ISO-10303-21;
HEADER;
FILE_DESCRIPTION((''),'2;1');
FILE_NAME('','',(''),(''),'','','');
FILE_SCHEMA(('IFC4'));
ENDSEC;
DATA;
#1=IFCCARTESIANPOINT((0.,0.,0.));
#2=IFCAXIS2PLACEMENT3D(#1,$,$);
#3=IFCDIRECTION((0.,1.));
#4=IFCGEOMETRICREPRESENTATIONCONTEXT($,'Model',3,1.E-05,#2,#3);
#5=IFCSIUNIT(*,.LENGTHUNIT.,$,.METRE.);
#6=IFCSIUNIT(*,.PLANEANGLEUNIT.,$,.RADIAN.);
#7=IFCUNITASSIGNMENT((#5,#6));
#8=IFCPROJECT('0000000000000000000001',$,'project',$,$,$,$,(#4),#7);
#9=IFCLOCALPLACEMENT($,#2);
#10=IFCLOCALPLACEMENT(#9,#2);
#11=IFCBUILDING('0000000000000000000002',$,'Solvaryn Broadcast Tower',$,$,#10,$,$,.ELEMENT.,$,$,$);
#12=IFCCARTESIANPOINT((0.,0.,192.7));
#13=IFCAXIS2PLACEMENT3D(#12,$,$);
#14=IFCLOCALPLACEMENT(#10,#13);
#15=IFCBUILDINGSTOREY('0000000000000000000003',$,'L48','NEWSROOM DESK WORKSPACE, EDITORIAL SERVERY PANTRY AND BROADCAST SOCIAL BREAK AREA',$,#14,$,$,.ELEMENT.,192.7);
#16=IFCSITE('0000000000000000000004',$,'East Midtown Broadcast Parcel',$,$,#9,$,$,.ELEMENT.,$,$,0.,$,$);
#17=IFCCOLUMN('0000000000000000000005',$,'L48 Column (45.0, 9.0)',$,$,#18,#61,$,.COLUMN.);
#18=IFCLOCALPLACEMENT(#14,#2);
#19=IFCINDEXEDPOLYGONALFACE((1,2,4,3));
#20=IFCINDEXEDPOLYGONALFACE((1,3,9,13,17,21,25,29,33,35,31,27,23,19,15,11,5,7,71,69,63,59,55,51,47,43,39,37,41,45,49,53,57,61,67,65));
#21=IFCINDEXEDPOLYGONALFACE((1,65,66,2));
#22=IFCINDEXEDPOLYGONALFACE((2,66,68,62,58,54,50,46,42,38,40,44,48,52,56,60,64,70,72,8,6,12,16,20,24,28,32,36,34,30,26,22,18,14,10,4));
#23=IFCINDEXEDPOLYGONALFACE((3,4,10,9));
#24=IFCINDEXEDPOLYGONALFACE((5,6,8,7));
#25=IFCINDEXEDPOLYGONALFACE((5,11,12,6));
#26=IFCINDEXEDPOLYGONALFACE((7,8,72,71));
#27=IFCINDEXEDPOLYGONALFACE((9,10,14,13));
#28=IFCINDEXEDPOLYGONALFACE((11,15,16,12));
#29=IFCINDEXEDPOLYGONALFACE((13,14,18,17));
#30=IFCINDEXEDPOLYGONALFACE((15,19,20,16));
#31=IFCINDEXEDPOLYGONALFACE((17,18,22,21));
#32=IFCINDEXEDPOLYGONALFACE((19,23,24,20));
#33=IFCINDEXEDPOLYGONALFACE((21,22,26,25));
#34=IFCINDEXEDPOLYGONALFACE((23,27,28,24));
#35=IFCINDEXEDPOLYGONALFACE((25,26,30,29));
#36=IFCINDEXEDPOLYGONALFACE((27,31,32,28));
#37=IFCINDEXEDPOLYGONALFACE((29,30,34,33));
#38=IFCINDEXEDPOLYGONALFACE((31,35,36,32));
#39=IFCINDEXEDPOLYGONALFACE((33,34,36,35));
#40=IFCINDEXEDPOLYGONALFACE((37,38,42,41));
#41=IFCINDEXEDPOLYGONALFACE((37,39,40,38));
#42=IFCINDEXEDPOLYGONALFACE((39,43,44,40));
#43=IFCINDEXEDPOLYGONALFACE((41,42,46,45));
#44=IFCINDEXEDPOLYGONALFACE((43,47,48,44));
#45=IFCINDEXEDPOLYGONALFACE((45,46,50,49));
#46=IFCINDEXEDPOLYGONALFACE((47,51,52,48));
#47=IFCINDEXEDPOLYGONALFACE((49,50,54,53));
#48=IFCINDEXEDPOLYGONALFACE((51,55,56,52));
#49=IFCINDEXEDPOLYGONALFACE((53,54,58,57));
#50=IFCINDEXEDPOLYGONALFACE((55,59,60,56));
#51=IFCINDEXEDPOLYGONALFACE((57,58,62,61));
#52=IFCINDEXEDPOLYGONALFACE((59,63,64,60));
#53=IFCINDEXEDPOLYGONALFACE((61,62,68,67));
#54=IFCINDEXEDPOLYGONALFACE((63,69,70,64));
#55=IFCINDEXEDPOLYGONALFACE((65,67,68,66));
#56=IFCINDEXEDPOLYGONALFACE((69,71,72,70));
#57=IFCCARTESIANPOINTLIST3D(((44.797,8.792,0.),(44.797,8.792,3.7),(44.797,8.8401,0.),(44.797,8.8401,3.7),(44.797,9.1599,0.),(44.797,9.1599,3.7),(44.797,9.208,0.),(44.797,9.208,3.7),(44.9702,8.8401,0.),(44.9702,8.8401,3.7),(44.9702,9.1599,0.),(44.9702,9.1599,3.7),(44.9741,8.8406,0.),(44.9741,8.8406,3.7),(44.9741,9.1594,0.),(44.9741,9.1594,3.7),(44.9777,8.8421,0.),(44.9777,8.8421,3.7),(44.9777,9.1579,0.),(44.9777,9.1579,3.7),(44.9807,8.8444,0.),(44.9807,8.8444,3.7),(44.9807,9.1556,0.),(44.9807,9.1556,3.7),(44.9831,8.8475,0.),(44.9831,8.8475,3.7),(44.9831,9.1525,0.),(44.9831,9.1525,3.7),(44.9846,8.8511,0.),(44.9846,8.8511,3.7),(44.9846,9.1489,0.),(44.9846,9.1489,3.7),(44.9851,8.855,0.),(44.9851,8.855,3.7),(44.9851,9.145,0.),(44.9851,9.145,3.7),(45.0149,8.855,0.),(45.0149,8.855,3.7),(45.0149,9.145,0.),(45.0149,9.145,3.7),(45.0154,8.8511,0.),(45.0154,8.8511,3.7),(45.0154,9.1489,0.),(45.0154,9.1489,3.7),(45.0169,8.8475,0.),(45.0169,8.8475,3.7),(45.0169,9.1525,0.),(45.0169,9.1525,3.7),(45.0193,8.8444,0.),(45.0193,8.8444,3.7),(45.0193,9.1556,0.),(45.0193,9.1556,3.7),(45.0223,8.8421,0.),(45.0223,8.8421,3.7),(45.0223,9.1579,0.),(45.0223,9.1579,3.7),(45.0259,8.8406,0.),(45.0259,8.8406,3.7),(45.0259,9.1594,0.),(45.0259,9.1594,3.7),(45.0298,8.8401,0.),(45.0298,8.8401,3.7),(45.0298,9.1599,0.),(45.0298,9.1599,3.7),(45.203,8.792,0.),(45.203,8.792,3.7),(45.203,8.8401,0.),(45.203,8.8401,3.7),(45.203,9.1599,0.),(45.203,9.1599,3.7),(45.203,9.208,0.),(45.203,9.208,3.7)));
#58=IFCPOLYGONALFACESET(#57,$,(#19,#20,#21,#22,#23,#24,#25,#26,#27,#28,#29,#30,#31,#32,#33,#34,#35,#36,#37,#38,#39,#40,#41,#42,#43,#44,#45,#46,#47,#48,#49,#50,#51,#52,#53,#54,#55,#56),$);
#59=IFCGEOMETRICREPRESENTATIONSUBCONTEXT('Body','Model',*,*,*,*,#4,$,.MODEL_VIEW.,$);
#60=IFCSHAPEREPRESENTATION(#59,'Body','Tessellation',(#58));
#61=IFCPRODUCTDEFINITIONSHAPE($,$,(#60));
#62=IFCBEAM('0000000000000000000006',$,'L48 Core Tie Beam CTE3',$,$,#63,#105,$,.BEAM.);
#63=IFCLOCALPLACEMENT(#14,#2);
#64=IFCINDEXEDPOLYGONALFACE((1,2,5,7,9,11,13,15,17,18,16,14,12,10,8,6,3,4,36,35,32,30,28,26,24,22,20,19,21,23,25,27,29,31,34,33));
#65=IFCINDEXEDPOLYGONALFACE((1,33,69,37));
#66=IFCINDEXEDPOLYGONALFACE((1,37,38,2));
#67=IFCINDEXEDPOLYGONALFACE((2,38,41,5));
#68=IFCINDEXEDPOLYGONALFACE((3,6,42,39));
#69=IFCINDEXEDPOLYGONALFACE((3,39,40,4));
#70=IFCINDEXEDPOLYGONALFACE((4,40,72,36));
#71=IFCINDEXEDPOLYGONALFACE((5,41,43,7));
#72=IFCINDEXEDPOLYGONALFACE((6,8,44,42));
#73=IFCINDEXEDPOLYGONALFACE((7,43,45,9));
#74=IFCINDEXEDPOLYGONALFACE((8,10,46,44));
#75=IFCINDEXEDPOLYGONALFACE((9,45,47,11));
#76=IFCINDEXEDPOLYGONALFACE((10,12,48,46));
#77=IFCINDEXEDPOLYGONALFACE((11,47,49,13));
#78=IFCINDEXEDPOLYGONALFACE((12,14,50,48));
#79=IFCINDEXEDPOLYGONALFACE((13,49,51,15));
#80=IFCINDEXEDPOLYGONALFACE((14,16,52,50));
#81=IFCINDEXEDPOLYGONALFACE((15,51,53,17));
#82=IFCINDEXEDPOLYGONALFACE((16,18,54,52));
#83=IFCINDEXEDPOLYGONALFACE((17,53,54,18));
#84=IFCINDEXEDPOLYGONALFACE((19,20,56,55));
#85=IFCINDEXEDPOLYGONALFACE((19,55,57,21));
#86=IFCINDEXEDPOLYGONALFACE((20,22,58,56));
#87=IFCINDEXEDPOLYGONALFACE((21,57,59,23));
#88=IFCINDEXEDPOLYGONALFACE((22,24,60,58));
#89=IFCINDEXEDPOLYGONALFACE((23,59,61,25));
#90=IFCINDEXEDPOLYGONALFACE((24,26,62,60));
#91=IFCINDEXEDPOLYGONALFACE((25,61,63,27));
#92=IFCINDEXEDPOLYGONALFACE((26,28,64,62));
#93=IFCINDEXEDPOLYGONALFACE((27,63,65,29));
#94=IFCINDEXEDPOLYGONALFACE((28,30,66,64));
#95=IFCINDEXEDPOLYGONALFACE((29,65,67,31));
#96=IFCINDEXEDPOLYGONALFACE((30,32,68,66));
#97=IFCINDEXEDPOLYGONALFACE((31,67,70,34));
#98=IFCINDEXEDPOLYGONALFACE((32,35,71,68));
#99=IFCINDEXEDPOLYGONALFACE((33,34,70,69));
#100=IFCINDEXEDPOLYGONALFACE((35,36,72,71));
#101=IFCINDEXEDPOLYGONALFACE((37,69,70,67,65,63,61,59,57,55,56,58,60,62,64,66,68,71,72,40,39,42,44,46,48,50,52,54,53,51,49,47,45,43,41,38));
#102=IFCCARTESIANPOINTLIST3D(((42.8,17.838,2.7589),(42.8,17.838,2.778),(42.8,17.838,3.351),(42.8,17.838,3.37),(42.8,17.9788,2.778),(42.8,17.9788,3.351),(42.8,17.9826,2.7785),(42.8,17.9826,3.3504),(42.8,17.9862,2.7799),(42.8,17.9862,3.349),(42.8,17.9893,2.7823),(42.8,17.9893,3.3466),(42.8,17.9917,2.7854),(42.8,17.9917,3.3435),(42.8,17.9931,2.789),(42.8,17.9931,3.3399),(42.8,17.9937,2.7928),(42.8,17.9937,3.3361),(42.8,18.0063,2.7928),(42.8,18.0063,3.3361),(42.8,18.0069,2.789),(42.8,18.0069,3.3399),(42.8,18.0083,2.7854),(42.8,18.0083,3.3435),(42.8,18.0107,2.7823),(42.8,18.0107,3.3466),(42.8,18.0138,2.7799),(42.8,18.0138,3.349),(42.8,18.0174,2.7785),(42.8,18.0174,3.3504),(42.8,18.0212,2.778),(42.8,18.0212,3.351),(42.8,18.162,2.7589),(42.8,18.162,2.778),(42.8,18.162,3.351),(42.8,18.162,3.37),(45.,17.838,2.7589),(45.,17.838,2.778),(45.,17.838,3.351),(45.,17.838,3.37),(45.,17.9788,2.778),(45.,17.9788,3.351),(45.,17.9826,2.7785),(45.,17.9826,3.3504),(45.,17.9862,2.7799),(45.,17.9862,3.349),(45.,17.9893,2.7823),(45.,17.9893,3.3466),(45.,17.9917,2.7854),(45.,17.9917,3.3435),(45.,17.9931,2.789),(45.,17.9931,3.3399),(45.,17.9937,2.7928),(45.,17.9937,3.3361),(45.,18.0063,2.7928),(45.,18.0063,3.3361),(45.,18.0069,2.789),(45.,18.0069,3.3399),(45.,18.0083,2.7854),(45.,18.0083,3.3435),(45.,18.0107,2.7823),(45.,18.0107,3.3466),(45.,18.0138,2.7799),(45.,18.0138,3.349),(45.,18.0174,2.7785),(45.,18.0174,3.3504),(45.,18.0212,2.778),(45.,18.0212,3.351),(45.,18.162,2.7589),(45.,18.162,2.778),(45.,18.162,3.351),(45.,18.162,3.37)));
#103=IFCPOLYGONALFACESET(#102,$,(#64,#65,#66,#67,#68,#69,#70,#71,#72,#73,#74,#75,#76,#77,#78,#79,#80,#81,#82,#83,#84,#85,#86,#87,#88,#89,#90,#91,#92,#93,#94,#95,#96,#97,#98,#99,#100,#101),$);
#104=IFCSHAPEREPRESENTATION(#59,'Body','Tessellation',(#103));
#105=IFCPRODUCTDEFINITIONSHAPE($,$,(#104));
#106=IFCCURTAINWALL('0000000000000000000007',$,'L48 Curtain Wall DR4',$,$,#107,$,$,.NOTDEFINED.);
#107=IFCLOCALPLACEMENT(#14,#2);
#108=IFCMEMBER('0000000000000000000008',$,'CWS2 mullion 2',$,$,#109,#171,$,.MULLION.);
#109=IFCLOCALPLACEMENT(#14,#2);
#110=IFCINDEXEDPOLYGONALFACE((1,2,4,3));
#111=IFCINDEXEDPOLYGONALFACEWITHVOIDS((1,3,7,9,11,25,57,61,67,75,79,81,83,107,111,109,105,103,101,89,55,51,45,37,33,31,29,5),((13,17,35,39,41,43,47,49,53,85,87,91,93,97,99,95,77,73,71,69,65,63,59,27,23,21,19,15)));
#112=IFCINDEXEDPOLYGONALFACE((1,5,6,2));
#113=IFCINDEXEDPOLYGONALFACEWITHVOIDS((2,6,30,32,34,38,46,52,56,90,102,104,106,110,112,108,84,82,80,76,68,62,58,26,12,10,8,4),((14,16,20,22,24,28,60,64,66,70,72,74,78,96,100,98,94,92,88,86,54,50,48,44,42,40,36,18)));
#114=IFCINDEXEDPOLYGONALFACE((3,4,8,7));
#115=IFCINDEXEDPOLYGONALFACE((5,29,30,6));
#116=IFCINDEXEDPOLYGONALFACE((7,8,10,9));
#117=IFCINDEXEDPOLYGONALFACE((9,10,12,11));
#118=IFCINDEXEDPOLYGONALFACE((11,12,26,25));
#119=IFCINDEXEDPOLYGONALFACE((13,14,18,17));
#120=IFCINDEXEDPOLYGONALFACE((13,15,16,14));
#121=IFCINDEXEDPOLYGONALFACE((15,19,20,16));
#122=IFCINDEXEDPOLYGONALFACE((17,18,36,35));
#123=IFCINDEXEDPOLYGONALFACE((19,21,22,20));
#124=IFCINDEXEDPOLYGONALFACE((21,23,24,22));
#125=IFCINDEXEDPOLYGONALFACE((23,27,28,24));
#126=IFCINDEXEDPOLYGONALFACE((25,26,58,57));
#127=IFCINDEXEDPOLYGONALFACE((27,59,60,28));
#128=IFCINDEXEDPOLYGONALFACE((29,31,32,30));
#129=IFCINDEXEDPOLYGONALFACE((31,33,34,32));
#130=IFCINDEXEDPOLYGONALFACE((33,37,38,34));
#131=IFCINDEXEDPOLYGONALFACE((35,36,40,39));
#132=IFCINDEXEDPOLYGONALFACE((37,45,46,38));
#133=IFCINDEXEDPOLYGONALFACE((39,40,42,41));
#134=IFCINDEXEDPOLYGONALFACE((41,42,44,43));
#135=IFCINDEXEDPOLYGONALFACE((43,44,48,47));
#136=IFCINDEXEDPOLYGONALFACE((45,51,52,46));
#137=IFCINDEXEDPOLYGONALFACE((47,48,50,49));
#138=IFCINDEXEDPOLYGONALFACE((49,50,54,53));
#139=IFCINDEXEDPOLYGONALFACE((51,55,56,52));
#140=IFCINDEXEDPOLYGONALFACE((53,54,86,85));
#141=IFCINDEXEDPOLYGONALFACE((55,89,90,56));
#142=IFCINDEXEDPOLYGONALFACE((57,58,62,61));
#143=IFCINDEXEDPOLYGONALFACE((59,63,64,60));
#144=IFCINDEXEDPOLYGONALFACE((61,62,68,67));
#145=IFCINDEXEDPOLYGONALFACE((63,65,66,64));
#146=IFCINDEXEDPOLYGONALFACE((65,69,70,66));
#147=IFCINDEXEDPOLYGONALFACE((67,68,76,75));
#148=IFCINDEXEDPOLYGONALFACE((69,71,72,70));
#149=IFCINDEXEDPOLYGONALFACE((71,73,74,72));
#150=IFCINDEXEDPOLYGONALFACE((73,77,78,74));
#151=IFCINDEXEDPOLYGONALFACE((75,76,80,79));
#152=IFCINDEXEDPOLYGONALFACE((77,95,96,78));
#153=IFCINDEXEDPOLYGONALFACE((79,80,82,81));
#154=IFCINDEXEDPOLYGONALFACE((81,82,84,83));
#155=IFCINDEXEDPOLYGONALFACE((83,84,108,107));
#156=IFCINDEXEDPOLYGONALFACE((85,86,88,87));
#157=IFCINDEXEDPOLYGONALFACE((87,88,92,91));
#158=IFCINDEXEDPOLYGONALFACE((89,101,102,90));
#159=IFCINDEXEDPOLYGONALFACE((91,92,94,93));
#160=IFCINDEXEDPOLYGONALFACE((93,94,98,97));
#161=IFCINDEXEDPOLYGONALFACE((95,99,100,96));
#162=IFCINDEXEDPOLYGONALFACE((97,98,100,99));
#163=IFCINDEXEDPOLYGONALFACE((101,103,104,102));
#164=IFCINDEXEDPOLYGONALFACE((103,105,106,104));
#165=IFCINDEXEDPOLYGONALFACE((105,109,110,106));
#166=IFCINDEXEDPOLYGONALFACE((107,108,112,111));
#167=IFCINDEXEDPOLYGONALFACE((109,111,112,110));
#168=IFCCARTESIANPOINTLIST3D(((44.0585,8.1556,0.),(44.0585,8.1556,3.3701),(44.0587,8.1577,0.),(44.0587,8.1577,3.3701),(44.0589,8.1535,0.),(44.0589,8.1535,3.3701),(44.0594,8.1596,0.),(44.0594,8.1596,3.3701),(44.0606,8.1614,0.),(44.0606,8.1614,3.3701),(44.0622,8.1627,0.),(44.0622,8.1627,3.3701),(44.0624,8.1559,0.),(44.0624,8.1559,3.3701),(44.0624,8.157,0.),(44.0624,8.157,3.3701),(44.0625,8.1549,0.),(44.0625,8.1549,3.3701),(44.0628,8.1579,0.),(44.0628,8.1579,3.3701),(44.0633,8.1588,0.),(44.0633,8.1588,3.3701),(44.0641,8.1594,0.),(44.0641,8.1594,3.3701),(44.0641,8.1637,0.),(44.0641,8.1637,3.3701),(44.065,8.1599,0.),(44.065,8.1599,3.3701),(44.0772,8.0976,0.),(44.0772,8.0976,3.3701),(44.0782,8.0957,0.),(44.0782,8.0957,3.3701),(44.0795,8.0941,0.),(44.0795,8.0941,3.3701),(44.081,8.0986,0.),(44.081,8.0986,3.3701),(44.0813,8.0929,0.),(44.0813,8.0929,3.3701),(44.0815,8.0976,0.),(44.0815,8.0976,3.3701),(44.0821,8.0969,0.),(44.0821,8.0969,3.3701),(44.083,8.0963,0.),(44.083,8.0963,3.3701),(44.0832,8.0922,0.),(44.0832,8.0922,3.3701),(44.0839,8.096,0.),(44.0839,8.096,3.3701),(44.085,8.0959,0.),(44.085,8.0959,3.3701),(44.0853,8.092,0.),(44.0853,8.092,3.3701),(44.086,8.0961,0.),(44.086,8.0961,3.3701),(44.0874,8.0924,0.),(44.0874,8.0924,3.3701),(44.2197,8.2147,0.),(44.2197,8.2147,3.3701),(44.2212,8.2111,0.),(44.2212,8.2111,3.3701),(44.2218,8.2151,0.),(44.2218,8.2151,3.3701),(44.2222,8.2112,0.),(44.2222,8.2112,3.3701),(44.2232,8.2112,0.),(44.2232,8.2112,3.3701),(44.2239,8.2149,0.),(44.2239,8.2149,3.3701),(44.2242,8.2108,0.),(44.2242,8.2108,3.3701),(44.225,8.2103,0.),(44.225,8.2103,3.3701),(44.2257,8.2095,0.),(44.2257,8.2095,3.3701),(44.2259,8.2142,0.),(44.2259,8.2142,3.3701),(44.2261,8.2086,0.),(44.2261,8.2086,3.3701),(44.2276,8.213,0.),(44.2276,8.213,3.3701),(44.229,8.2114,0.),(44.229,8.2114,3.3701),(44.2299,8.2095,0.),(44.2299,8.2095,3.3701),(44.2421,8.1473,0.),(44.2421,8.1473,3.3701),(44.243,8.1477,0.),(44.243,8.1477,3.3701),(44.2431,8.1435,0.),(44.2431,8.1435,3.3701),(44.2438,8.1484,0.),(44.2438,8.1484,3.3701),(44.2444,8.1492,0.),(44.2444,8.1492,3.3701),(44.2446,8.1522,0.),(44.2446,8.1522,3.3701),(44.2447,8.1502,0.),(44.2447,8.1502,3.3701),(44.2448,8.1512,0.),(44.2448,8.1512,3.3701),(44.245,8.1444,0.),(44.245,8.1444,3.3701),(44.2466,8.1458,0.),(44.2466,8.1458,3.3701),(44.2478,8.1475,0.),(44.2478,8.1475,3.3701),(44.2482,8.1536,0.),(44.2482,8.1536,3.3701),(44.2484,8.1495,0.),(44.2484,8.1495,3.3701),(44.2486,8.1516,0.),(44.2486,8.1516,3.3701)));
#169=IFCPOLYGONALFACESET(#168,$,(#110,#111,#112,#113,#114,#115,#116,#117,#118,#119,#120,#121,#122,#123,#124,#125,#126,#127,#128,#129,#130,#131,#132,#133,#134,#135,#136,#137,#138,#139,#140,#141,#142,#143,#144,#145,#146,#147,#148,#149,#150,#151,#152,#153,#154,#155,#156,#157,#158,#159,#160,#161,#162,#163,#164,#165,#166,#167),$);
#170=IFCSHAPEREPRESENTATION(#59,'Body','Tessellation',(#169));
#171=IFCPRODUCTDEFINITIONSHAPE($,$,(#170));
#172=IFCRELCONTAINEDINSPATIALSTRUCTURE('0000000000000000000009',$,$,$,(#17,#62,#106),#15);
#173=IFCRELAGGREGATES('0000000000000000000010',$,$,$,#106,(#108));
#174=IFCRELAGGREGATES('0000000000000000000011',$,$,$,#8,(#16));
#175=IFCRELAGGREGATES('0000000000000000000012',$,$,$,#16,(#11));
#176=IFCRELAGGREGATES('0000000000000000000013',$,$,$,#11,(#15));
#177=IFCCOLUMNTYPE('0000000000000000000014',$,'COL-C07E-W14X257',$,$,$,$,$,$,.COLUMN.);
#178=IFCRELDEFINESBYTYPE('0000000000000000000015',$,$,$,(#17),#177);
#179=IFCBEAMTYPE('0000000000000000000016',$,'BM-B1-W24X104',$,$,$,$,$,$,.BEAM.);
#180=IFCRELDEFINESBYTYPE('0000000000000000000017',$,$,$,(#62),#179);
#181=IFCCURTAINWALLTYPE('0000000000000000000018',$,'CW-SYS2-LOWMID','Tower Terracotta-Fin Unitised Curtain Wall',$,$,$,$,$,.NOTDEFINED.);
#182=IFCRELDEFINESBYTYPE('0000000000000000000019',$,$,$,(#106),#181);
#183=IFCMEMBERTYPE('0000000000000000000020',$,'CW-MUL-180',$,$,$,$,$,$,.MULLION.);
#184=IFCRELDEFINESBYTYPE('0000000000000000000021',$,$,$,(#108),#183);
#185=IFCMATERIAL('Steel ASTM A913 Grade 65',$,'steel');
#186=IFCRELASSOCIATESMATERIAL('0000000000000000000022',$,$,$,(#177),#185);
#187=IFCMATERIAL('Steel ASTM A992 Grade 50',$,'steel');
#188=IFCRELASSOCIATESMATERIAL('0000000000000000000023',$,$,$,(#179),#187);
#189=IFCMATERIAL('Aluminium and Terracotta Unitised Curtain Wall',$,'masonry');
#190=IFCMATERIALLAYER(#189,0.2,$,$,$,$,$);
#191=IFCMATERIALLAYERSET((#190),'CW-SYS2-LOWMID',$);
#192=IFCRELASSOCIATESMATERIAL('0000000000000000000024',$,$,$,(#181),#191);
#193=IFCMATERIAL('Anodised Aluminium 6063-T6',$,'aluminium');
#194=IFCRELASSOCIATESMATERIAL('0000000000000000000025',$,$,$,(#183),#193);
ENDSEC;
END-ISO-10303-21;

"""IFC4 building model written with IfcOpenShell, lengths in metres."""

from ifc_helpers import new_model, si_unit, direction, frame, origin, origin_2d, place, context, subcontext, project, spatial, hollow_rectangle, i_section, extrude, material, layer, layer_set, material_profile, profile_set, type_object, element, aggregate, save


model = new_model("IFC4")

# Units and contexts
model_context = context("Model", 3, precision=1e-05, world=origin(), true_north=direction((0.0, 1.0)))
body_context = subcontext(model_context, "Body", "Model", "MODEL_VIEW")
ifc_project = project(units=[si_unit("LENGTHUNIT", "METRE"), si_unit("PLANEANGLEUNIT", "RADIAN")], contexts=[model_context])

# Site, building, storey
site_placement = place(None, origin())
site = spatial("IfcSite", under=ifc_project, at=site_placement, Name="East Midtown Broadcast Parcel", CompositionType="ELEMENT", RefElevation=0.0)
building_placement = place(site_placement, origin())
building = spatial("IfcBuilding", under=site, at=building_placement, Name="Solvaryn Broadcast Tower", CompositionType="ELEMENT")
storey_placement = place(building_placement, frame((0.0, 0.0, 192.7)))
storey = spatial("IfcBuildingStorey", under=building, at=storey_placement, Name="L48", Description="NEWSROOM DESK WORKSPACE, EDITORIAL SERVERY PANTRY AND BROADCAST SOCIAL BREAK AREA", CompositionType="ELEMENT", Elevation=192.7)

# Column
ifc_material_1 = material(Name="Steel ASTM A913 Grade 65", Category="steel")
ifc_material_profile_1 = material_profile(ifc_material_1, i_section(OverallWidth=0.406, OverallDepth=0.416, WebThickness=0.0298, FlangeThickness=0.0481, FilletRadius=0.0149, at=origin_2d()))
ifc_profile_set_1 = profile_set([ifc_material_profile_1], Name="Steel ASTM A913 Grade 65")
column_type = type_object("IfcColumnType", Name="COL-C07E-W14X257", PredefinedType="COLUMN", material=ifc_profile_set_1)
column_placement = place(storey_placement, frame((45.0, 9.0, 0.0), z_axis=(0.0, 0.0, 1.0), x_axis=(1.0, 0.0, 0.0)))
element("IfcColumn", 1, at=column_placement, inside=storey, type_object=column_type, Name="L48 Column (45.0, 9.0)", PredefinedType="COLUMN", context=body_context, shape_type="SweptSolid", body=[
    extrude(i_section(OverallWidth=0.406, OverallDepth=0.416, WebThickness=0.0298, FlangeThickness=0.0481, FilletRadius=0.0149, at=origin_2d()), origin(), (0.0, 0.0, 1.0), 3.7),
])

# Beam
ifc_material_2 = material(Name="Steel ASTM A992 Grade 50", Category="steel")
ifc_material_profile_2 = material_profile(ifc_material_2, i_section(OverallWidth=0.324, OverallDepth=0.6111, WebThickness=0.0127, FlangeThickness=0.019, FilletRadius=0.0149, at=origin_2d()))
ifc_profile_set_2 = profile_set([ifc_material_profile_2], Name="Steel ASTM A992 Grade 50")
beam_type = type_object("IfcBeamType", Name="BM-B1-W24X104", PredefinedType="BEAM", material=ifc_profile_set_2)
beam_placement = place(storey_placement, frame((42.8, 18.0, 3.0645), z_axis=(1.0, 0.0, 0.0), x_axis=(0.0, 1.0, 0.0)))
element("IfcBeam", 2, at=beam_placement, inside=storey, type_object=beam_type, Name="L48 Core Tie Beam CTE3", PredefinedType="BEAM", context=body_context, shape_type="SweptSolid", body=[
    extrude(i_section(OverallWidth=0.324, OverallDepth=0.6111, WebThickness=0.0127, FlangeThickness=0.019, FilletRadius=0.0149, at=origin_2d()), origin(), (0.0, 0.0, 1.0), 2.2),
])

# Curtain wall, member
ifc_material_3 = material(Name="Aluminium and Terracotta Unitised Curtain Wall", Category="masonry")
ifc_layer_1 = layer(ifc_material_3, 0.2)
ifc_layer_set_1 = layer_set([ifc_layer_1], Name="CW-SYS2-LOWMID")
curtain_wall_type = type_object("IfcCurtainWallType", Name="CW-SYS2-LOWMID", Description="Tower Terracotta-Fin Unitised Curtain Wall", PredefinedType="NOTDEFINED", material=ifc_layer_set_1)
curtain_wall_1_placement = place(storey_placement, origin())
curtain_wall_1 = element("IfcCurtainWall", 3, at=curtain_wall_1_placement, inside=storey, type_object=curtain_wall_type, Name="L48 Curtain Wall DR4", PredefinedType="NOTDEFINED")
ifc_material_4 = material(Name="Anodised Aluminium 6063-T6", Category="aluminium")
ifc_material_profile_3 = material_profile(ifc_material_4, hollow_rectangle(XDim=0.075, YDim=0.1799, WallThickness=0.0039, InnerFilletRadius=0.0039, OuterFilletRadius=0.0081, at=origin_2d()))
ifc_profile_set_3 = profile_set([ifc_material_profile_3], Name="Anodised Aluminium 6063-T6")
member_type_1 = type_object("IfcMemberType", Name="CW-MUL-180", PredefinedType="MULLION", material=ifc_profile_set_3)
member_1_placement = place(storey_placement, frame((44.1536, 8.1536, 0.0), z_axis=(0.0, 0.0, 1.0), x_axis=(-0.311559, 0.950227, 0.0)))
member_1 = element("IfcMember", 4, at=member_1_placement, type_object=member_type_1, Name="CWS2 mullion 2", PredefinedType="MULLION", context=body_context, shape_type="SweptSolid", body=[
    extrude(hollow_rectangle(XDim=0.075, YDim=0.1799, WallThickness=0.0039, InnerFilletRadius=0.0039, OuterFilletRadius=0.0081, at=origin_2d()), origin(), (0.0, 0.0, 1.0), 3.3701),
])
aggregate(curtain_wall_1, [member_1])

save(model, "model.ifc")
